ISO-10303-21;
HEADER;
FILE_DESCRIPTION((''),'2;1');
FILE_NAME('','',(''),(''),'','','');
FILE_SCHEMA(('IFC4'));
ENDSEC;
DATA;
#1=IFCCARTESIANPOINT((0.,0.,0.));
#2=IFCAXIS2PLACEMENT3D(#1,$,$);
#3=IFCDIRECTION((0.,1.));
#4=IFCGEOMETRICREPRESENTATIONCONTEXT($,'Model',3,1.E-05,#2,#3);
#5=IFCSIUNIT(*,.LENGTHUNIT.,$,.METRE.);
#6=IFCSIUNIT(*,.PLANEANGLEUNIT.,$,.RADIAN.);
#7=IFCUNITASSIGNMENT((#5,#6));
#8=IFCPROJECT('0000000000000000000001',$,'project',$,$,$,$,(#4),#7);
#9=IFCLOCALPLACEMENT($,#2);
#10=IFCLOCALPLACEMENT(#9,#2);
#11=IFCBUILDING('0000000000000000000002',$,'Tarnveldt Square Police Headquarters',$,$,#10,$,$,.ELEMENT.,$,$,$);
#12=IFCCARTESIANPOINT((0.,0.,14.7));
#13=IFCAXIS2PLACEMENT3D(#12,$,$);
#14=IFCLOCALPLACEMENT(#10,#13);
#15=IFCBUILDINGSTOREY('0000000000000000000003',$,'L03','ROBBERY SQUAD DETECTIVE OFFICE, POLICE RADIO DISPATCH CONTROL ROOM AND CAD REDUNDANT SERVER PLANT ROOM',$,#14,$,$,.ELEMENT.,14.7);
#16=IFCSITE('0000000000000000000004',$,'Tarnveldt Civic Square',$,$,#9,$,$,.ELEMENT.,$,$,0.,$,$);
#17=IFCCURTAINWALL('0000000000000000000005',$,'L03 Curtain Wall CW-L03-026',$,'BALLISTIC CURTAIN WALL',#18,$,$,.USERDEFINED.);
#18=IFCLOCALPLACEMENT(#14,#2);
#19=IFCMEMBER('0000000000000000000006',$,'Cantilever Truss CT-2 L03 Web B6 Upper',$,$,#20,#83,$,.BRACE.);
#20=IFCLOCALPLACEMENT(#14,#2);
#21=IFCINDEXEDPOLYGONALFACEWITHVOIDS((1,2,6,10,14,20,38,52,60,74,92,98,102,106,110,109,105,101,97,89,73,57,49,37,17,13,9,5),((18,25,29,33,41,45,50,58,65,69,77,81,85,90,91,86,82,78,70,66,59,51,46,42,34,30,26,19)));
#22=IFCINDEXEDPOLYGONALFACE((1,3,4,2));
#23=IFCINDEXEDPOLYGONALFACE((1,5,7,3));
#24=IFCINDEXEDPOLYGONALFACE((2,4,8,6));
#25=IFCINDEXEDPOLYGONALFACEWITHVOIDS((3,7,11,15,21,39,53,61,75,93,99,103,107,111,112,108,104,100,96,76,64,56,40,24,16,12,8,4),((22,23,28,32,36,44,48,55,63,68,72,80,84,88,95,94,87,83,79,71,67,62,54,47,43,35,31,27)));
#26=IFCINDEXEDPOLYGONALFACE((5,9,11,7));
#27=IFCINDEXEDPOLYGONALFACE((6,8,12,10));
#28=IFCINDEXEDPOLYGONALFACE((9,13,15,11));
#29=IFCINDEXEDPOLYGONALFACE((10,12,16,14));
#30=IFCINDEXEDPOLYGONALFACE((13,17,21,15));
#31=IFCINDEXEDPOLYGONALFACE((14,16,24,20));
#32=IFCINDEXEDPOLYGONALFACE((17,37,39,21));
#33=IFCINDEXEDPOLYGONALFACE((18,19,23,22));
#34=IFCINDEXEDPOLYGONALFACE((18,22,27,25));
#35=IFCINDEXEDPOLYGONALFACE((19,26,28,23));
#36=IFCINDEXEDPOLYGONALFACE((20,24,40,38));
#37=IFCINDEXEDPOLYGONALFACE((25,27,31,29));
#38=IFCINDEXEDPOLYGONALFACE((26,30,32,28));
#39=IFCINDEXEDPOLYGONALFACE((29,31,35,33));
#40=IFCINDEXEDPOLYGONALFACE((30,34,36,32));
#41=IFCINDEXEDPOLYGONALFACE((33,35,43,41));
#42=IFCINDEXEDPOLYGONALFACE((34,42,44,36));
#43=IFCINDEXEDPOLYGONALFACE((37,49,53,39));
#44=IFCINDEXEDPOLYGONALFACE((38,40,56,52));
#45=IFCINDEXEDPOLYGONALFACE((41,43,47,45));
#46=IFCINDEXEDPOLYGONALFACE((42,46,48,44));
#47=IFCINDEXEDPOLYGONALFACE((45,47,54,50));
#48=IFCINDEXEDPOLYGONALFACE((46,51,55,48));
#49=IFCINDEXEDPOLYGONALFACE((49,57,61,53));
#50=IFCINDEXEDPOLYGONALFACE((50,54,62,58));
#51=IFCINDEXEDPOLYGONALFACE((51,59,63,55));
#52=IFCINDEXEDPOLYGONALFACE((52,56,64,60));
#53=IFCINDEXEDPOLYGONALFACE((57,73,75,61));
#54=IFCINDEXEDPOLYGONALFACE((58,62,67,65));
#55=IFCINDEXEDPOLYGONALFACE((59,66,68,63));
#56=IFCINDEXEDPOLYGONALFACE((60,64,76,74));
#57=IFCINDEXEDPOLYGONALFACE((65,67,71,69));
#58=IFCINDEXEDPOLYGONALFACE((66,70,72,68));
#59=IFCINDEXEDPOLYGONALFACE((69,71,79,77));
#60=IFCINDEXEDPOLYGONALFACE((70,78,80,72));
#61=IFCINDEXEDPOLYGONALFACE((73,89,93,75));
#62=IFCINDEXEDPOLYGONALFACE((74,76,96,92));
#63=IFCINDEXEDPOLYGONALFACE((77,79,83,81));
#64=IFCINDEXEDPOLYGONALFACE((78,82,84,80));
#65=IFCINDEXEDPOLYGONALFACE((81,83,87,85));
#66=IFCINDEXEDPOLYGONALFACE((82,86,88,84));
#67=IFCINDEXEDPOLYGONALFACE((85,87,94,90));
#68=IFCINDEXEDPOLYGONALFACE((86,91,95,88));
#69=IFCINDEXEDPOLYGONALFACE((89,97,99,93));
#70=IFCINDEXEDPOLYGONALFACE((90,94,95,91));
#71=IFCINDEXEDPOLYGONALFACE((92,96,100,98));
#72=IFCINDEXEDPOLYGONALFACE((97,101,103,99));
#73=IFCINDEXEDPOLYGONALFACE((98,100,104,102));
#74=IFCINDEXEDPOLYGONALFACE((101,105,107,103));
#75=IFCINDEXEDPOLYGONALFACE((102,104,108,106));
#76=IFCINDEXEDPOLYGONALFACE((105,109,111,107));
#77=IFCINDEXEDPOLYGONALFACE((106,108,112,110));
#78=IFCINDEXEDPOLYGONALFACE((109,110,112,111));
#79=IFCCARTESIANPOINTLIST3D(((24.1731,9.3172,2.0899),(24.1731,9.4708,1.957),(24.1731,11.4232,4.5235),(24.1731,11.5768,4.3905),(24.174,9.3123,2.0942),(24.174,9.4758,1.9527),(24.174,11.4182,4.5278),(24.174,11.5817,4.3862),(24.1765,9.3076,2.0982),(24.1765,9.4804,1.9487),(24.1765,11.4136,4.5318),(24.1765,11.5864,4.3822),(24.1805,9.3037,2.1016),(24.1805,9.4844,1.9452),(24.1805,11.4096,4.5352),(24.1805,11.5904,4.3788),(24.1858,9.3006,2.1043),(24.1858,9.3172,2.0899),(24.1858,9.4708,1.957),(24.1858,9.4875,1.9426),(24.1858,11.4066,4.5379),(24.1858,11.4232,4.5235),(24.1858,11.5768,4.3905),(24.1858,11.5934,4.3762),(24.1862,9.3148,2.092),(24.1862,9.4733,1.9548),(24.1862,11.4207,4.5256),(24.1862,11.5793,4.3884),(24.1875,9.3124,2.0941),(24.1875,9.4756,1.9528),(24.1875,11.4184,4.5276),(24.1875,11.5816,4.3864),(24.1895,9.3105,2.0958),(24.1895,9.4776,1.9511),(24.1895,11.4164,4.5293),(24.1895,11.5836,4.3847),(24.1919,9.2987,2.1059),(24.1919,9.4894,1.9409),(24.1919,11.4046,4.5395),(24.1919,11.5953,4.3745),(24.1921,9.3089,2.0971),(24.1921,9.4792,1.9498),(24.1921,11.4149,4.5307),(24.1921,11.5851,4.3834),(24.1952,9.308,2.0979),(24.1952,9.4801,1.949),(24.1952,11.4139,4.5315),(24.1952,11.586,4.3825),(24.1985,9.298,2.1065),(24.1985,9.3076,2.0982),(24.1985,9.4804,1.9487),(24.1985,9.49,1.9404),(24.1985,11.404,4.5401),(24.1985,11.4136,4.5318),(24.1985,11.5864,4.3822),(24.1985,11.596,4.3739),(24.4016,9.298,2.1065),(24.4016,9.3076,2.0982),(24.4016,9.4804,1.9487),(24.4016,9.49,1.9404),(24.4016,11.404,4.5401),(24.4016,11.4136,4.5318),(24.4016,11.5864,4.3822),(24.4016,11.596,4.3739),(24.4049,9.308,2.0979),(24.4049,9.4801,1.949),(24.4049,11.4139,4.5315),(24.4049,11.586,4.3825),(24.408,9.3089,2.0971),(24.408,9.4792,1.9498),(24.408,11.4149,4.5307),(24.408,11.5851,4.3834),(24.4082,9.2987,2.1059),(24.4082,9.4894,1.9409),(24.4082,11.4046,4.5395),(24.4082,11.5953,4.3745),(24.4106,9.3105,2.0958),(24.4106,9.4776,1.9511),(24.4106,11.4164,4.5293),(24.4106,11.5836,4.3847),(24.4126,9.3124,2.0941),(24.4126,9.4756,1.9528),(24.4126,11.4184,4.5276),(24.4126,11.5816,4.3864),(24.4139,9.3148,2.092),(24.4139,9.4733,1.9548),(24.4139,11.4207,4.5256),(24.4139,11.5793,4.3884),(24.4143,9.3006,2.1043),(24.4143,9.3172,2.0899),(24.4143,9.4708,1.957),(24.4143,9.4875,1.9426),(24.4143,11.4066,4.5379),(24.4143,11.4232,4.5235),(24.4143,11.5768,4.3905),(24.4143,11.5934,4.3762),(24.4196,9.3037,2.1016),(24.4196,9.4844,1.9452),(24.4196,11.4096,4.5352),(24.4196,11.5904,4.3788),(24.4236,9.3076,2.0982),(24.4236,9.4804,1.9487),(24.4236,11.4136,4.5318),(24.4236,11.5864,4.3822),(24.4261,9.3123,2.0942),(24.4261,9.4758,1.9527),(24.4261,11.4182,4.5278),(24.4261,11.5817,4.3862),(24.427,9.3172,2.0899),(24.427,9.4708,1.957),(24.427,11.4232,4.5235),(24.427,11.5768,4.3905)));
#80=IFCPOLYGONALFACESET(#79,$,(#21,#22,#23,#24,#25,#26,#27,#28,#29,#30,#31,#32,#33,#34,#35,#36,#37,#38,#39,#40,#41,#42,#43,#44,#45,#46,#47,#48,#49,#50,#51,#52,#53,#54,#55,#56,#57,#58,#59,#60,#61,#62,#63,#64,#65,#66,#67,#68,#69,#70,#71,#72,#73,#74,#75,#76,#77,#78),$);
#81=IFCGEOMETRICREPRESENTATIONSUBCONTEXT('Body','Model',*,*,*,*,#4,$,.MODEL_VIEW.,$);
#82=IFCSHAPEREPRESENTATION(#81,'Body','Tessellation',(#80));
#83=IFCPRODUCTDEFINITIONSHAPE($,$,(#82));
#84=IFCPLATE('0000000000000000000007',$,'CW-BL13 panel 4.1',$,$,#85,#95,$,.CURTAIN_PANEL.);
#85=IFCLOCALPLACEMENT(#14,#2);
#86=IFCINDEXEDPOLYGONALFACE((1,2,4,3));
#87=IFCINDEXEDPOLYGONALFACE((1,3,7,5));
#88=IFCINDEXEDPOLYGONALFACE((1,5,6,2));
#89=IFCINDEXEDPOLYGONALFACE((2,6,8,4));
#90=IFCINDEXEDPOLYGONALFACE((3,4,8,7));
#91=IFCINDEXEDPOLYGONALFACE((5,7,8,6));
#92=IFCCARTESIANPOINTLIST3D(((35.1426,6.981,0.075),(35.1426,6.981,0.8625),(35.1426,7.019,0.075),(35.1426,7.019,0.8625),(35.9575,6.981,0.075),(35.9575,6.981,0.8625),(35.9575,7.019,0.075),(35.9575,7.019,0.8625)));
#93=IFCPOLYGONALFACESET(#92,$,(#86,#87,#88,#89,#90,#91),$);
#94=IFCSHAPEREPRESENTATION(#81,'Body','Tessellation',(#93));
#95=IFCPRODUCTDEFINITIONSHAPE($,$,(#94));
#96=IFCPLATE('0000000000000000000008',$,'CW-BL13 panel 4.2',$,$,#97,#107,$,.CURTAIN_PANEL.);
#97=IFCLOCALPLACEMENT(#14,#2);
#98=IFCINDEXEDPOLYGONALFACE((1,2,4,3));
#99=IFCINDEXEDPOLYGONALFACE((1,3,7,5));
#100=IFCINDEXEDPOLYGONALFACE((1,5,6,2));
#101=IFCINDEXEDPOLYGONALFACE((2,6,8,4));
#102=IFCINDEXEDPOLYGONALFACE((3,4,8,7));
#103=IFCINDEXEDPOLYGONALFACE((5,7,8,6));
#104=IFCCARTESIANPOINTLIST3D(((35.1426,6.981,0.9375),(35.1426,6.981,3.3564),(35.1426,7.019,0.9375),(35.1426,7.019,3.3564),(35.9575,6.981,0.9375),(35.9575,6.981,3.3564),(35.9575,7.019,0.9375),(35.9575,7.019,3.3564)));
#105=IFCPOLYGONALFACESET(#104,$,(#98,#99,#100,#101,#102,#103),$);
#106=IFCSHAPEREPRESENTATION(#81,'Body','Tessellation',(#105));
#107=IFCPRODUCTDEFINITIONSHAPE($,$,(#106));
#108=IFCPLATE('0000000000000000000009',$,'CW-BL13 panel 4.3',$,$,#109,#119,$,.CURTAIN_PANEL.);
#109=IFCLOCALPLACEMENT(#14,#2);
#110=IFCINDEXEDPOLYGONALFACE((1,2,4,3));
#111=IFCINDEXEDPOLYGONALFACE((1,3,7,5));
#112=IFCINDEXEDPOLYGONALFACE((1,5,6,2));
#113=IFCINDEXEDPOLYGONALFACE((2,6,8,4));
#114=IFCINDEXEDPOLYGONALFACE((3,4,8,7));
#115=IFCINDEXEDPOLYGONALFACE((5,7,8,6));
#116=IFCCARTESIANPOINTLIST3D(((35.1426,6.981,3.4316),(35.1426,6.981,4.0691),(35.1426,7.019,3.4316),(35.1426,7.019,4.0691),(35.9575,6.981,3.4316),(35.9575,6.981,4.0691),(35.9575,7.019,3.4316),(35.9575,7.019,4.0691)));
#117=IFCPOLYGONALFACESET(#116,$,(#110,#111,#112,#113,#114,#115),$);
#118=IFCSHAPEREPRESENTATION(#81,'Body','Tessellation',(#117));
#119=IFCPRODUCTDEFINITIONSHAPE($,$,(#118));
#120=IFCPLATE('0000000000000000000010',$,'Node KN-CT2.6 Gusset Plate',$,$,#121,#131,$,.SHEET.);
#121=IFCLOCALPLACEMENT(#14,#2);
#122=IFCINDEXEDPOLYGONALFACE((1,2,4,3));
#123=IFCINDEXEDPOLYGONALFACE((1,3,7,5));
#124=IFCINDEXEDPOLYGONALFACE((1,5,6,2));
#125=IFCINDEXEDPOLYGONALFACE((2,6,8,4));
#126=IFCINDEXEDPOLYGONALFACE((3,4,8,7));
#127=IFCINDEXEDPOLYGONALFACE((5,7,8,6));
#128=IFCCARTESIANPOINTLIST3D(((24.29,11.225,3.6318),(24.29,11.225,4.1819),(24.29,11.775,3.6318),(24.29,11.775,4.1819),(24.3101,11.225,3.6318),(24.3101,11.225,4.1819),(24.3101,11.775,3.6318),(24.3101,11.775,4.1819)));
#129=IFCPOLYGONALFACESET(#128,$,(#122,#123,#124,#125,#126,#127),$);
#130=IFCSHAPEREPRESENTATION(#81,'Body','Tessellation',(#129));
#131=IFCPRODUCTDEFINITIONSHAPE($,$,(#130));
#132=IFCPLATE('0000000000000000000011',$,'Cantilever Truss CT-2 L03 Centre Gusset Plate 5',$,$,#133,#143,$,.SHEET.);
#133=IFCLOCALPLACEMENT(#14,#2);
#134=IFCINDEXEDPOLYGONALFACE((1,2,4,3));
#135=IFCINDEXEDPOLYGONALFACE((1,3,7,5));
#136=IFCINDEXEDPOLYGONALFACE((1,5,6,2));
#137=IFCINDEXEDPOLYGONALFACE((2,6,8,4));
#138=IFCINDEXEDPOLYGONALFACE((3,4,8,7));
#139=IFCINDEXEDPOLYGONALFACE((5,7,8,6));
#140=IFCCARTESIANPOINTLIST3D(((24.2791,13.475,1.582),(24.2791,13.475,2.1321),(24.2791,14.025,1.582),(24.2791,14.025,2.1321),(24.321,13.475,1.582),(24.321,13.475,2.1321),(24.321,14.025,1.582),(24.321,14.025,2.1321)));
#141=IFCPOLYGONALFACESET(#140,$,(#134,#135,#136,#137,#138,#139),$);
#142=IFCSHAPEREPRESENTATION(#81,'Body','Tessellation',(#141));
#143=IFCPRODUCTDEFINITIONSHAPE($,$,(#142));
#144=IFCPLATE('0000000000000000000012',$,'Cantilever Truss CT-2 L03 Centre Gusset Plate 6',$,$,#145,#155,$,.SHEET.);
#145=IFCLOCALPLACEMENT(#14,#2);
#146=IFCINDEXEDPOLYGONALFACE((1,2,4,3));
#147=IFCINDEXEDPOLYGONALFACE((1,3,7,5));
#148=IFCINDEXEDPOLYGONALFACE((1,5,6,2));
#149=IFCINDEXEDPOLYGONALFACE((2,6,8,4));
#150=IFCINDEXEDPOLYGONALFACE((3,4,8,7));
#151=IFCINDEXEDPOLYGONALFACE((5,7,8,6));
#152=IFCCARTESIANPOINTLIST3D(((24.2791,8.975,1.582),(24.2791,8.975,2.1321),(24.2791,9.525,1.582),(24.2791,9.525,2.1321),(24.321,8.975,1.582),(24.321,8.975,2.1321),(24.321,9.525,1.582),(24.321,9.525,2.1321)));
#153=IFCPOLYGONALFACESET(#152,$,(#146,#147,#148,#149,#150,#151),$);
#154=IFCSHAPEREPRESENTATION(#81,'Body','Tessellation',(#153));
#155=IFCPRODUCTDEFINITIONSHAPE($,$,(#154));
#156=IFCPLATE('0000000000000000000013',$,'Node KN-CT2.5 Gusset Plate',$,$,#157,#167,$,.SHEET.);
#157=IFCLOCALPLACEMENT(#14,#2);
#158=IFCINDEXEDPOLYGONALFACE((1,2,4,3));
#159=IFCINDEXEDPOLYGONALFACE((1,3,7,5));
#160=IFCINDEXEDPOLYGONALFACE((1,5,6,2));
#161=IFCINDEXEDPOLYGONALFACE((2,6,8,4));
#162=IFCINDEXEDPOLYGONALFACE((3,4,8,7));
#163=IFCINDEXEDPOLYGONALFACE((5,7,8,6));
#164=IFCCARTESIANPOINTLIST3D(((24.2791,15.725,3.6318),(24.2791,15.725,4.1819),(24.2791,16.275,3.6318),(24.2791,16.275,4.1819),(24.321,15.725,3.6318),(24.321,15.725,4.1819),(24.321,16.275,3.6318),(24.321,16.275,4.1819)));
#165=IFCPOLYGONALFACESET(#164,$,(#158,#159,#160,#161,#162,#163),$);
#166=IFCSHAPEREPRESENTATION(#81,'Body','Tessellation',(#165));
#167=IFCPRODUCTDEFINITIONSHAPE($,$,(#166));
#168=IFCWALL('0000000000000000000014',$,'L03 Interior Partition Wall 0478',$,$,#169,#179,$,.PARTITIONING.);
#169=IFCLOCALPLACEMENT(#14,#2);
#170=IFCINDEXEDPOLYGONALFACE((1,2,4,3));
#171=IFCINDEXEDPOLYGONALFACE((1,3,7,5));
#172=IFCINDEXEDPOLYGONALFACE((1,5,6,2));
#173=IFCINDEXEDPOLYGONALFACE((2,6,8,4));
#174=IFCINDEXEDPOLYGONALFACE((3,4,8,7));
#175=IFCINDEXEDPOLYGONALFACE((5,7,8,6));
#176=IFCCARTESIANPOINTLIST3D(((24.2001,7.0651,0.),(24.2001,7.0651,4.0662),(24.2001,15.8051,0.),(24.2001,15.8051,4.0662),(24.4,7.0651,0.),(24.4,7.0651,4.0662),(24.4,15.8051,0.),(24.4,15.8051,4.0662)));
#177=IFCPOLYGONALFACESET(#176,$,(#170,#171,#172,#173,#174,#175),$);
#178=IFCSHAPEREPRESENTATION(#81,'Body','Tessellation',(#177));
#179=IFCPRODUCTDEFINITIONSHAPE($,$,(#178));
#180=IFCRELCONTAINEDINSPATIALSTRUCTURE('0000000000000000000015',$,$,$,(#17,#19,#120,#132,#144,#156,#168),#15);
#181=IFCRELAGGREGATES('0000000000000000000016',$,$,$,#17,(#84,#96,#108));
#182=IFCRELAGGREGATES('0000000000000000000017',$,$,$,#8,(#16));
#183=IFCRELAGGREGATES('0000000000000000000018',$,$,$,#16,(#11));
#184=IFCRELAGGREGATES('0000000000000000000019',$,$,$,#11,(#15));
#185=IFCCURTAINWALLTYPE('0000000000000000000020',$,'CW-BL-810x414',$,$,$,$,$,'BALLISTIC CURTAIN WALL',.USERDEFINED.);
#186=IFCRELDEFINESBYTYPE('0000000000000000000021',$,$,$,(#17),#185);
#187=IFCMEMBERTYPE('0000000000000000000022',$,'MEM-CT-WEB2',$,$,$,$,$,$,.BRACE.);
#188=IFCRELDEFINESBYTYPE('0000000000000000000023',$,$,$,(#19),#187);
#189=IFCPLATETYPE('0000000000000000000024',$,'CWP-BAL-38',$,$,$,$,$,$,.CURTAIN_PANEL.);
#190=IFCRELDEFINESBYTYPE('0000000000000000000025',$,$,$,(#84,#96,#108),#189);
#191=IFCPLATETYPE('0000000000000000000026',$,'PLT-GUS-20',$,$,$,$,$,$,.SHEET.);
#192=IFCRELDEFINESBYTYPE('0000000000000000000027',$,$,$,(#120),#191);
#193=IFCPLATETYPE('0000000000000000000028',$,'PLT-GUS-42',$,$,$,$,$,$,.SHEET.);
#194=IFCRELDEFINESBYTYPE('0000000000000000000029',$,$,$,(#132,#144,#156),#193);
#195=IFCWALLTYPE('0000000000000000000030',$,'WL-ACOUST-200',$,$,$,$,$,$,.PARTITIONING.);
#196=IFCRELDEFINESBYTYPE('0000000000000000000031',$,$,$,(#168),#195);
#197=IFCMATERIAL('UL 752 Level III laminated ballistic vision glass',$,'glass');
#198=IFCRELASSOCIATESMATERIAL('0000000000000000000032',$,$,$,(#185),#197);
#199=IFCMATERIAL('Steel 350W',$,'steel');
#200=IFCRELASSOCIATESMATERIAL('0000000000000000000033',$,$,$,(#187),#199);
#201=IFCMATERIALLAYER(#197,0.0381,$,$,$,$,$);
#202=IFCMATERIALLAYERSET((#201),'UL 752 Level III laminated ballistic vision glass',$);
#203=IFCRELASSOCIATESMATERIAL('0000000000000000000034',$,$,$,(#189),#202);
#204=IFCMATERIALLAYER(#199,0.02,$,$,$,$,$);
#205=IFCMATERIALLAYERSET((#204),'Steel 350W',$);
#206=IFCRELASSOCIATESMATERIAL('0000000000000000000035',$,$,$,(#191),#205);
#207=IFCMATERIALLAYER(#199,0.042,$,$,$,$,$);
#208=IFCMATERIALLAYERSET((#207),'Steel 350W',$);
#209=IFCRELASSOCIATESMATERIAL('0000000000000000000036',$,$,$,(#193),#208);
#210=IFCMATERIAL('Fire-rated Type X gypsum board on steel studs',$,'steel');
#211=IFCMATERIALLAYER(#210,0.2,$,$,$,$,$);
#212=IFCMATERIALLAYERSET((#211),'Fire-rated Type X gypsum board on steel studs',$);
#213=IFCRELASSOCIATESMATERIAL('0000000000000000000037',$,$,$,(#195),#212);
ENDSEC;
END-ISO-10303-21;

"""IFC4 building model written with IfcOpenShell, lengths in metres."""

from ifc_helpers import new_model, si_unit, direction, frame, frame_2d, origin, origin_2d, place, context, subcontext, project, spatial, rectangle, hollow_rectangle, extrude, material, layer, layer_set, material_profile, profile_set, type_object, element, aggregate, save


model = new_model("IFC4")

# Units and contexts
model_context = context("Model", 3, precision=1e-05, world=origin(), true_north=direction((0.0, 1.0)))
body_context = subcontext(model_context, "Body", "Model", "MODEL_VIEW")
ifc_project = project(units=[si_unit("LENGTHUNIT", "METRE"), si_unit("PLANEANGLEUNIT", "RADIAN")], contexts=[model_context])

# Site, building, storey
site_placement = place(None, origin())
site = spatial("IfcSite", under=ifc_project, at=site_placement, Name="Tarnveldt Civic Square", CompositionType="ELEMENT", RefElevation=0.0)
building_placement = place(site_placement, origin())
building = spatial("IfcBuilding", under=site, at=building_placement, Name="Tarnveldt Square Police Headquarters", CompositionType="ELEMENT")
storey_placement = place(building_placement, frame((0.0, 0.0, 14.7)))
storey = spatial("IfcBuildingStorey", under=building, at=storey_placement, Name="L03", Description="ROBBERY SQUAD DETECTIVE OFFICE, POLICE RADIO DISPATCH CONTROL ROOM AND CAD REDUNDANT SERVER PLANT ROOM", CompositionType="ELEMENT", Elevation=14.7)

# Shared definitions
ifc_material_1 = material(Name="Steel 350W", Category="steel")

# Curtain wall
ifc_material_2 = material(Name="UL 752 Level III laminated ballistic vision glass", Category="glass")
curtain_wall_type = type_object("IfcCurtainWallType", Name="CW-BL-810x414", ElementType="BALLISTIC CURTAIN WALL", PredefinedType="USERDEFINED", material=ifc_material_2)
curtain_wall_placement = place(storey_placement, origin())
curtain_wall = element("IfcCurtainWall", 1, at=curtain_wall_placement, inside=storey, type_object=curtain_wall_type, Name="L03 Curtain Wall CW-L03-026", ObjectType="BALLISTIC CURTAIN WALL", PredefinedType="USERDEFINED")

# Member
ifc_material_profile_1 = material_profile(ifc_material_1, hollow_rectangle(XDim=0.2539, YDim=0.2539, WallThickness=0.0127, InnerFilletRadius=0.0127, OuterFilletRadius=0.0254, at=origin_2d()), Name="HSS254x254x13")
ifc_profile_set_1 = profile_set([ifc_material_profile_1], Name="Steel 350W")
member_type_1 = type_object("IfcMemberType", Name="MEM-CT-WEB2", PredefinedType="BRACE", material=ifc_profile_set_1)
member_1_placement = place(storey_placement, frame((24.3, 9.394, 2.0234), z_axis=(0.0, 0.65437, 0.756174), x_axis=(-1.0, 0.0, 0.0)))
element("IfcMember", 2, at=member_1_placement, inside=storey, type_object=member_type_1, Name="Cantilever Truss CT-2 L03 Web B6 Upper", PredefinedType="BRACE", context=body_context, shape_type="SweptSolid", body=[
    extrude(hollow_rectangle(XDim=0.2539, YDim=0.2539, WallThickness=0.0127, InnerFilletRadius=0.0127, OuterFilletRadius=0.0254, at=origin_2d()), origin(), (0.0, 0.0, 1.0), 3.2183),
])

# Plates
ifc_layer_1 = layer(ifc_material_2, 0.0381)
ifc_layer_set_1 = layer_set([ifc_layer_1], Name="UL 752 Level III laminated ballistic vision glass")
plate_type_1 = type_object("IfcPlateType", Name="CWP-BAL-38", PredefinedType="CURTAIN_PANEL", material=ifc_layer_set_1)
plate_1_placement = place(storey_placement, frame((35.55, 7.0, 0.075), z_axis=(0.0, 0.0, 1.0), x_axis=(1.0, 0.0, 0.0)))
plate_1 = element("IfcPlate", 3, at=plate_1_placement, type_object=plate_type_1, Name="CW-BL13 panel 4.1", PredefinedType="CURTAIN_PANEL", context=body_context, shape_type="SweptSolid", body=[
    extrude(rectangle(XDim=0.8149, YDim=0.0381, at=origin_2d()), origin(), (0.0, 0.0, 1.0), 0.7876),
])
plate_2_placement = place(storey_placement, frame((35.55, 7.0, 0.9375), z_axis=(0.0, 0.0, 1.0), x_axis=(1.0, 0.0, 0.0)))
plate_2 = element("IfcPlate", 4, at=plate_2_placement, type_object=plate_type_1, Name="CW-BL13 panel 4.2", PredefinedType="CURTAIN_PANEL", context=body_context, shape_type="SweptSolid", body=[
    extrude(rectangle(XDim=0.8149, YDim=0.0381, at=origin_2d()), origin(), (0.0, 0.0, 1.0), 2.4189),
])
plate_3_placement = place(storey_placement, frame((35.55, 7.0, 3.4316), z_axis=(0.0, 0.0, 1.0), x_axis=(1.0, 0.0, 0.0)))
plate_3 = element("IfcPlate", 5, at=plate_3_placement, type_object=plate_type_1, Name="CW-BL13 panel 4.3", PredefinedType="CURTAIN_PANEL", context=body_context, shape_type="SweptSolid", body=[
    extrude(rectangle(XDim=0.8149, YDim=0.0381, at=origin_2d()), origin(), (0.0, 0.0, 1.0), 0.6375),
])
aggregate(curtain_wall, [plate_1, plate_2, plate_3])

# Plates
ifc_layer_2 = layer(ifc_material_1, 0.02)
ifc_layer_set_2 = layer_set([ifc_layer_2], Name="Steel 350W")
plate_type_2 = type_object("IfcPlateType", Name="PLT-GUS-20", PredefinedType="SHEET", material=ifc_layer_set_2)
plate_4_placement = place(storey_placement, frame((24.3, 11.5, 3.6318), z_axis=(0.0, 0.0, 1.0), x_axis=(1.0, 0.0, 0.0)))
element("IfcPlate", 6, at=plate_4_placement, inside=storey, type_object=plate_type_2, Name="Node KN-CT2.6 Gusset Plate", PredefinedType="SHEET", context=body_context, shape_type="SweptSolid", body=[
    extrude(rectangle(XDim=0.02, YDim=0.55, at=origin_2d()), origin(), (0.0, 0.0, 1.0), 0.55),
])
ifc_layer_3 = layer(ifc_material_1, 0.042)
ifc_layer_set_3 = layer_set([ifc_layer_3], Name="Steel 350W")
plate_type_3 = type_object("IfcPlateType", Name="PLT-GUS-42", PredefinedType="SHEET", material=ifc_layer_set_3)
for number, where, z_axis, x_axis, name in (
    (7, (24.3, 13.75, 1.582), (0.0, 0.0, 1.0), (1.0, 0.0, 0.0), "Cantilever Truss CT-2 L03 Centre Gusset Plate 5"),
    (8, (24.3, 9.25, 1.582), (0.0, 0.0, 1.0), (1.0, 0.0, 0.0), "Cantilever Truss CT-2 L03 Centre Gusset Plate 6"),
    (9, (24.3, 16.0, 3.6318), (0.0, 0.0, 1.0), (1.0, 0.0, 0.0), "Node KN-CT2.5 Gusset Plate"),
):
    element("IfcPlate", number, at=place(storey_placement, frame(where, z_axis=z_axis, x_axis=x_axis)), inside=storey, type_object=plate_type_3, Name=name, PredefinedType="SHEET", context=body_context, shape_type="SweptSolid", body=[
        extrude(rectangle(XDim=0.042, YDim=0.55, at=origin_2d()), origin(), (0.0, 0.0, 1.0), 0.55),
    ])

# Wall
ifc_material_3 = material(Name="Fire-rated Type X gypsum board on steel studs", Category="steel")
ifc_layer_4 = layer(ifc_material_3, 0.2)
ifc_layer_set_4 = layer_set([ifc_layer_4], Name="Fire-rated Type X gypsum board on steel studs")
wall_type = type_object("IfcWallType", Name="WL-ACOUST-200", PredefinedType="PARTITIONING", material=ifc_layer_set_4)
wall_1_placement = place(storey_placement, frame((24.3, 7.0649, 0.0), z_axis=(0.0, 0.0, 1.0), x_axis=(0.0, 1.0, 0.0)))
element("IfcWall", 10, at=wall_1_placement, inside=storey, type_object=wall_type, Name="L03 Interior Partition Wall 0478", PredefinedType="PARTITIONING", context=body_context, shape_type="SweptSolid", body=[
    extrude(rectangle(XDim=8.74, YDim=0.2, at=frame_2d((4.3701, 0.0))), origin(), (0.0, 0.0, 1.0), 4.0662),
])

save(model, "model.ifc")
